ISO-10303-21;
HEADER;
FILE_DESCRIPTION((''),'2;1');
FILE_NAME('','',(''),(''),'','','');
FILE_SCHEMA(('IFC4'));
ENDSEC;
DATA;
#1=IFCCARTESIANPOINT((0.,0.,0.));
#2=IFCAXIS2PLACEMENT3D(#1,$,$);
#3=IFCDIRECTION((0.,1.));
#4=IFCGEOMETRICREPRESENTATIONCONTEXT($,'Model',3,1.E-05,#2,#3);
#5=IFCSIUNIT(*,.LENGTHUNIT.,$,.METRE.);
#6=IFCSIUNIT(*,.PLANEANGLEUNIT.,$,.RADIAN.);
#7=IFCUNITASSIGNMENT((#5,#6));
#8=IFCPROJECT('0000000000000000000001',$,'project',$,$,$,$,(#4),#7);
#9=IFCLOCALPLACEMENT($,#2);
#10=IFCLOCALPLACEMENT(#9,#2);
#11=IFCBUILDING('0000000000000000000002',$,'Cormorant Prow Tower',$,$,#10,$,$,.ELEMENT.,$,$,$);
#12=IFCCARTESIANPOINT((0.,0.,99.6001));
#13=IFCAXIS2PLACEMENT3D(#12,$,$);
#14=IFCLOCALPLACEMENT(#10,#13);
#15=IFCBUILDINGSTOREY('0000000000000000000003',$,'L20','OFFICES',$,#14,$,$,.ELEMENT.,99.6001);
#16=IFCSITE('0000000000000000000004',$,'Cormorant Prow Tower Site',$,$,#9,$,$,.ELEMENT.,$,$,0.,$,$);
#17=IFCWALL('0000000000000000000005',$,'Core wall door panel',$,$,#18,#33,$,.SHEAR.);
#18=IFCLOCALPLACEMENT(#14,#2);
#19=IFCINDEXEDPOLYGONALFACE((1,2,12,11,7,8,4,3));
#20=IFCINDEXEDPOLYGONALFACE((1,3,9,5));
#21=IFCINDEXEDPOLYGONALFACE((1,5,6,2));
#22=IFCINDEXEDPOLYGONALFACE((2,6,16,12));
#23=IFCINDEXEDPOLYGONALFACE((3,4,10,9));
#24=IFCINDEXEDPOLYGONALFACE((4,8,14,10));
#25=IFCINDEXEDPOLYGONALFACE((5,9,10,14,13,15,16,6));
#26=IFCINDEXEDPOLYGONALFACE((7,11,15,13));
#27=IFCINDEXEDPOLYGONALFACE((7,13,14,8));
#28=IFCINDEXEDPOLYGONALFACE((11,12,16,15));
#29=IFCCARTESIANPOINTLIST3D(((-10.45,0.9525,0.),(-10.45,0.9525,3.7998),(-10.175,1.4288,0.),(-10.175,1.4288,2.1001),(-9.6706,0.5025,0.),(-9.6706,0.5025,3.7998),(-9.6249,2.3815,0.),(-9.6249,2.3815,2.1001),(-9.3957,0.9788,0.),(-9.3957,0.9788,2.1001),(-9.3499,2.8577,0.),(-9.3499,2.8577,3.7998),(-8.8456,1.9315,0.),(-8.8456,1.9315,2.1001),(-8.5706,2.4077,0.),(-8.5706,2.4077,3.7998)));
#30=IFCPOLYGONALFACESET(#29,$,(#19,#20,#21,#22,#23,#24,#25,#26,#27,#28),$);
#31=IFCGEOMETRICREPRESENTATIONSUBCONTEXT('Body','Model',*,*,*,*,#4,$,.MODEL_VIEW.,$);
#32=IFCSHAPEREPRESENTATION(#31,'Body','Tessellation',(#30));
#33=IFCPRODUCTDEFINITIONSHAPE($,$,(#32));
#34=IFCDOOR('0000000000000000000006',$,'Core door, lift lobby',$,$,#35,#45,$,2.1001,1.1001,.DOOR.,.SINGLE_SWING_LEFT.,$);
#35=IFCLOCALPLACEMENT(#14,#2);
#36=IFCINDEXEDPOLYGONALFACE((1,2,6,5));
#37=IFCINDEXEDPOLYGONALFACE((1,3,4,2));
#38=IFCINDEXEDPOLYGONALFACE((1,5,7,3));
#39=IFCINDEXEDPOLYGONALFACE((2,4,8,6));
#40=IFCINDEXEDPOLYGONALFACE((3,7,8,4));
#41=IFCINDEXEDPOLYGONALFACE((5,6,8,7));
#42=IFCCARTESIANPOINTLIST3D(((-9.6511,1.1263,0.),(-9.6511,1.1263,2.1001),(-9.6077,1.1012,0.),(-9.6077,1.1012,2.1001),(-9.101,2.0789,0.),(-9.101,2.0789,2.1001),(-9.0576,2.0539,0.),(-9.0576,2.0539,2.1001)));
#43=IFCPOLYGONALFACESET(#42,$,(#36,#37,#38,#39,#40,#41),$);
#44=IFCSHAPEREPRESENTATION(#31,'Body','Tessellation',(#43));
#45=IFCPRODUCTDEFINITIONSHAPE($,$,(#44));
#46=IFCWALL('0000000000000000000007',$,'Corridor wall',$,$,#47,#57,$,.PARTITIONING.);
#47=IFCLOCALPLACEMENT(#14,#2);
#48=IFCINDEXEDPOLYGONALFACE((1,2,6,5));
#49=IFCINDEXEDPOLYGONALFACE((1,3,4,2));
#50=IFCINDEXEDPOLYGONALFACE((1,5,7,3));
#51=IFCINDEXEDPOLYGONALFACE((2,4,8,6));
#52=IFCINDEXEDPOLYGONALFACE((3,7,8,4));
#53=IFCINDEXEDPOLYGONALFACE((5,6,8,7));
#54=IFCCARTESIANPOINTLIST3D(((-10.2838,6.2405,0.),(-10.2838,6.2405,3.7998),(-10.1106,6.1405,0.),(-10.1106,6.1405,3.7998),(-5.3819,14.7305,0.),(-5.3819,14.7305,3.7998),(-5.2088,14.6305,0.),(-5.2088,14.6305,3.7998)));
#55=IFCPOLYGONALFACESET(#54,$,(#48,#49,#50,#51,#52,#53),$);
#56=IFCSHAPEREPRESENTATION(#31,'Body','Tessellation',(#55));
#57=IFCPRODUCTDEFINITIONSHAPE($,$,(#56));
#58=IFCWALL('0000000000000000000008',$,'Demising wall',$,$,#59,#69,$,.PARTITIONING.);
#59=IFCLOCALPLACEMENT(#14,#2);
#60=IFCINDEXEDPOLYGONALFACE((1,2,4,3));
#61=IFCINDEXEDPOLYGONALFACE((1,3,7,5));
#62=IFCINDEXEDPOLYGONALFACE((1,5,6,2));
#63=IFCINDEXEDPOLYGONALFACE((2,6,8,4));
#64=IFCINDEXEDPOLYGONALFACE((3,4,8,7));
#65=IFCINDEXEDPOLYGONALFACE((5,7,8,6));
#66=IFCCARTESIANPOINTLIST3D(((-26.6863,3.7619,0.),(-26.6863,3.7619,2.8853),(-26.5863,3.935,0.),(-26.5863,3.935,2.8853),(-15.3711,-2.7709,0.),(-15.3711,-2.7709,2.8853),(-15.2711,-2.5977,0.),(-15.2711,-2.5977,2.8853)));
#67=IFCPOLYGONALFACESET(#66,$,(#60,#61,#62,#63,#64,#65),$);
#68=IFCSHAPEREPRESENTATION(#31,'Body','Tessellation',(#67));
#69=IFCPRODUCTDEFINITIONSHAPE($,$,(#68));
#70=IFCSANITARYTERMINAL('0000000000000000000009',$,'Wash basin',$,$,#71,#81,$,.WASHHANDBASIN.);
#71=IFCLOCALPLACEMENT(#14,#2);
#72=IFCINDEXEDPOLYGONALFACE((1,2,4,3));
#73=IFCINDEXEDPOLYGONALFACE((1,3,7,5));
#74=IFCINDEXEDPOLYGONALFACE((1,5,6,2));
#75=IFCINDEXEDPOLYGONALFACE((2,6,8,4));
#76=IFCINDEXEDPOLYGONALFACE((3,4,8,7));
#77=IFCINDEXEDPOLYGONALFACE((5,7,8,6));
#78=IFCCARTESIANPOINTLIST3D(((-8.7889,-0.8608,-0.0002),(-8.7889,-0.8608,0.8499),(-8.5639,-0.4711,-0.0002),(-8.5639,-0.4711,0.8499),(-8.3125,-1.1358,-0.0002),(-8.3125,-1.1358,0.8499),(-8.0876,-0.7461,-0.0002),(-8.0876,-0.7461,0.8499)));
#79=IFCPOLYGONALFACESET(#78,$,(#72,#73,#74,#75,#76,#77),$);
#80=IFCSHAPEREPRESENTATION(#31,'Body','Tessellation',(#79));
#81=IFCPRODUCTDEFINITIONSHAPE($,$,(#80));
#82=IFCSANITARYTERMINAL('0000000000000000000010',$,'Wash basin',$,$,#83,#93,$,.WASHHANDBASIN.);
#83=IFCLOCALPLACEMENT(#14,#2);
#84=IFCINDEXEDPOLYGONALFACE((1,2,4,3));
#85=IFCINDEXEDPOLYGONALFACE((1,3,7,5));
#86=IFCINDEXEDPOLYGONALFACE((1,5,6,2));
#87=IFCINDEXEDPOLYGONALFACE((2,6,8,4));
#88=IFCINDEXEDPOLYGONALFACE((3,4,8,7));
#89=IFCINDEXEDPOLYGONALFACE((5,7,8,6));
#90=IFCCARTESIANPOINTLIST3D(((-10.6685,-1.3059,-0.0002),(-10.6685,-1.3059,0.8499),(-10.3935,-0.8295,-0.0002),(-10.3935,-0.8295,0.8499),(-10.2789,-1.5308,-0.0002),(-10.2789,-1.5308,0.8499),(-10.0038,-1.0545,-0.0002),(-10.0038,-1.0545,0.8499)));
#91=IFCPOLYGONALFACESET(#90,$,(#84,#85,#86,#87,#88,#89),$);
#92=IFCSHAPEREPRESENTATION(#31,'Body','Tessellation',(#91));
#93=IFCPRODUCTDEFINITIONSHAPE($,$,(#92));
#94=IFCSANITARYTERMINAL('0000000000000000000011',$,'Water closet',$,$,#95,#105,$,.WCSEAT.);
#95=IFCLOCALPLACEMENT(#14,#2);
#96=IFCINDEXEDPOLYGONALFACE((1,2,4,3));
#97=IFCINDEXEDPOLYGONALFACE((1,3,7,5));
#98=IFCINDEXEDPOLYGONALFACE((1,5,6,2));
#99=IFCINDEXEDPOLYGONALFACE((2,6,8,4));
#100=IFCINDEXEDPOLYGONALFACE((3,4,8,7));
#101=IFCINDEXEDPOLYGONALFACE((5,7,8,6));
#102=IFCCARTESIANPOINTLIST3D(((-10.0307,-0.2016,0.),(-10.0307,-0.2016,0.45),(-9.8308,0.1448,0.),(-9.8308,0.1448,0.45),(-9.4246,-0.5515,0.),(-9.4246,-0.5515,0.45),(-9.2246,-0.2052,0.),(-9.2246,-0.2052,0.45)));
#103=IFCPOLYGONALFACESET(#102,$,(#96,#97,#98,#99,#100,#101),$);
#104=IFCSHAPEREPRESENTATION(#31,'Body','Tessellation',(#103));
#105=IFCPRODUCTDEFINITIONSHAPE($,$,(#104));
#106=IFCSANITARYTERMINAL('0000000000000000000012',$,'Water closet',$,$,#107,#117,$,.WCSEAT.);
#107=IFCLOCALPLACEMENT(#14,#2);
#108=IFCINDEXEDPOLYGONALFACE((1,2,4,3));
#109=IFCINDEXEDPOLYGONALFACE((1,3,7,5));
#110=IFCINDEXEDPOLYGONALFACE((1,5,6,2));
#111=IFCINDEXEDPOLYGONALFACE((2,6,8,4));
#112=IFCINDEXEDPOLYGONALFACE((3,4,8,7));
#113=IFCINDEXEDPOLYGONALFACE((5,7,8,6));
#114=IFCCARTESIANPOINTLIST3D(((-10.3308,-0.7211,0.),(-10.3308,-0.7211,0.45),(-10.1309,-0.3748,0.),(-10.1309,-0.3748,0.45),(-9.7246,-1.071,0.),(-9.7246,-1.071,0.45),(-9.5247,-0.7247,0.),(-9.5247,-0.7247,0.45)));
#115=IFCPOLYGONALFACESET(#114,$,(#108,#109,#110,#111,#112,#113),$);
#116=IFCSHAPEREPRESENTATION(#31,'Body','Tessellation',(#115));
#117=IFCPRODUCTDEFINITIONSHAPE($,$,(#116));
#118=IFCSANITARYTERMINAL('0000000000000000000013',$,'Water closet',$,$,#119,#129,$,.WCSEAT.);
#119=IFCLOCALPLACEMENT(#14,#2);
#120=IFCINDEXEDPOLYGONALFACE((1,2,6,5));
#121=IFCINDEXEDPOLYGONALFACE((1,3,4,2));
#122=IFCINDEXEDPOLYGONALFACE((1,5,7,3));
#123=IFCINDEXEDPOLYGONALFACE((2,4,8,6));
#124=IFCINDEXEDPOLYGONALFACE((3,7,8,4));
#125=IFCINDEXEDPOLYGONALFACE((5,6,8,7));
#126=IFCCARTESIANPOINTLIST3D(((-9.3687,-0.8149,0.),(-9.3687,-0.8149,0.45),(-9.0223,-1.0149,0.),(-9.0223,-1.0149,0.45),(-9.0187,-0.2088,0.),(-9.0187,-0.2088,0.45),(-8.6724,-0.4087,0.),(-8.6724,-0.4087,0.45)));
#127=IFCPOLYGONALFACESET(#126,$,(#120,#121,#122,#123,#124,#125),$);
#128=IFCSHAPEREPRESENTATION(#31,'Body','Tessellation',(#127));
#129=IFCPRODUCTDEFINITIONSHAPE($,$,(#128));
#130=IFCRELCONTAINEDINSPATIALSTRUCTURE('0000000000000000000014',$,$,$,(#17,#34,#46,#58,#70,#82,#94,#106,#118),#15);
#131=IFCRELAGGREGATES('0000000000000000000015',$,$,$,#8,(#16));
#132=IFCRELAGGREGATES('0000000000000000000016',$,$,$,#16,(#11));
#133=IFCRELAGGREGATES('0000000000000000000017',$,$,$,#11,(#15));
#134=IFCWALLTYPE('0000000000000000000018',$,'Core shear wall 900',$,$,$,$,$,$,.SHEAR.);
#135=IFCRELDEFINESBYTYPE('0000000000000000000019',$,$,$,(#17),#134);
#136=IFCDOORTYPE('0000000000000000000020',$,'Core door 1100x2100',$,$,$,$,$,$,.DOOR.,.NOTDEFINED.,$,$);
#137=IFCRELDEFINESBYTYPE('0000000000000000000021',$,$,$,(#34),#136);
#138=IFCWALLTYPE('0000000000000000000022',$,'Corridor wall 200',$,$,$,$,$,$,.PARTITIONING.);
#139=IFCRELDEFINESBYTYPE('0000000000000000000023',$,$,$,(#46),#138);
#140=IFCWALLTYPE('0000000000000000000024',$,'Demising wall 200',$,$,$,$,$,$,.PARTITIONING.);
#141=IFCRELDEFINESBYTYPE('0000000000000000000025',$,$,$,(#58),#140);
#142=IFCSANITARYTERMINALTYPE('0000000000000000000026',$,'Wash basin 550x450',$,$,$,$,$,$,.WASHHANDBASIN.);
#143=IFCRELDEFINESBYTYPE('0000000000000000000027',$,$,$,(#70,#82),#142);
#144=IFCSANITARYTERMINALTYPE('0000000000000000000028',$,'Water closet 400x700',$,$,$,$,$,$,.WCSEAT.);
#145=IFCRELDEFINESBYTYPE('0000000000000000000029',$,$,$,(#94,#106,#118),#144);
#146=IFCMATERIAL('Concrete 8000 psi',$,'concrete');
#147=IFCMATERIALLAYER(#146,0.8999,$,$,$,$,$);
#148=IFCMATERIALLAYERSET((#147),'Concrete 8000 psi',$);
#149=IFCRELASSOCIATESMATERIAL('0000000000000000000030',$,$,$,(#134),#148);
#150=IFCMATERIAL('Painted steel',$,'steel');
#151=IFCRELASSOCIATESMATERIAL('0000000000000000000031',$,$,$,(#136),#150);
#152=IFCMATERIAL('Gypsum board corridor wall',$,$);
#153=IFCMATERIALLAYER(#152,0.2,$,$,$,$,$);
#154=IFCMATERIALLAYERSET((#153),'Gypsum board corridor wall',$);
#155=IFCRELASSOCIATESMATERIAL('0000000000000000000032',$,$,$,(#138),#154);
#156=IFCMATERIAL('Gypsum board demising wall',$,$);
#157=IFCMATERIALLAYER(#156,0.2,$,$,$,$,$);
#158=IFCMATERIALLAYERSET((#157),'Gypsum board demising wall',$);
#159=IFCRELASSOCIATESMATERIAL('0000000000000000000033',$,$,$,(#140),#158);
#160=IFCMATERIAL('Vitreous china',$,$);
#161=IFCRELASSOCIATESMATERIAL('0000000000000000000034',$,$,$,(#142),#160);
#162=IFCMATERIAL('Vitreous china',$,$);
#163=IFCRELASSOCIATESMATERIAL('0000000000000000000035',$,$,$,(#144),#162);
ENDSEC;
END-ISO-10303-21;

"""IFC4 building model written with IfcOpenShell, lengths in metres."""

from ifc_helpers import new_model, si_unit, direction, frame, frame_2d, origin, origin_2d, place, context, subcontext, project, spatial, rectangle, extrude, material, layer, layer_set, type_object, element, fill, save


model = new_model("IFC4")

# Units and contexts
model_context = context("Model", 3, precision=1e-05, world=origin(), true_north=direction((0.0, 1.0)))
body_context = subcontext(model_context, "Body", "Model", "MODEL_VIEW")
ifc_project = project(units=[si_unit("LENGTHUNIT", "METRE"), si_unit("PLANEANGLEUNIT", "RADIAN")], contexts=[model_context])

# Site, building, storey
site_placement = place(None, origin())
site = spatial("IfcSite", under=ifc_project, at=site_placement, Name="Cormorant Prow Tower Site", CompositionType="ELEMENT", RefElevation=0.0)
building_placement = place(site_placement, origin())
building = spatial("IfcBuilding", under=site, at=building_placement, Name="Cormorant Prow Tower", CompositionType="ELEMENT")
storey_placement = place(building_placement, frame((0.0, 0.0, 99.6001)))
storey = spatial("IfcBuildingStorey", under=building, at=storey_placement, Name="L20", Description="OFFICES", CompositionType="ELEMENT", Elevation=99.6001)

# Shared definitions
ifc_material_1 = material(Name="Concrete 8000 psi", Category="concrete")
ifc_layer_1 = layer(ifc_material_1, 0.8999)
ifc_layer_set_1 = layer_set([ifc_layer_1], Name="Concrete 8000 psi")
wall_type_1 = type_object("IfcWallType", Name="Core shear wall 900", PredefinedType="SHEAR", material=ifc_layer_set_1)

# Wall, opening, door
wall_1_placement = place(storey_placement, frame((-8.9602, 2.6328, 0.0), z_axis=(0.0, 0.0, 1.0), x_axis=(-0.50003, -0.866008, 0.0)))
wall_1 = element("IfcWall", 1, at=wall_1_placement, inside=storey, type_object=wall_type_1, Name="Core wall door panel", PredefinedType="SHEAR", context=body_context, shape_type="SweptSolid", body=[
    extrude(rectangle(XDim=2.2, YDim=0.8999, at=frame_2d((1.1001, 0.0))), origin(), (0.0, 0.0, 1.0), 3.7998),
])
opening_1_placement = place(wall_1_placement, frame((0.55, 0.0, 0.0)))
opening_1 = element("IfcOpeningElement", 2, at=opening_1_placement, cuts=wall_1, PredefinedType="OPENING", context=body_context, shape_type="SweptSolid", body=[
    extrude(rectangle(XDim=1.1001, YDim=2.1001, at=frame_2d((0.55, 1.05))), frame((0.0, 0.46, 0.0), z_axis=(0.0, -1.0, 0.0), x_axis=(1.0, 0.0, 0.0)), (0.0, 0.0, 1.0), 0.9199),
])
ifc_material_2 = material(Name="Painted steel", Category="steel")
door_type_1 = type_object("IfcDoorType", Name="Core door 1100x2100", OperationType="NOTDEFINED", PredefinedType="DOOR", material=ifc_material_2)
door_1_placement = place(opening_1_placement, origin())
door_1 = element("IfcDoor", 3, at=door_1_placement, inside=storey, type_object=door_type_1, Name="Core door, lift lobby", OperationType="SINGLE_SWING_LEFT", OverallHeight=2.1001, OverallWidth=1.1001, PredefinedType="DOOR", context=body_context, shape_type="SweptSolid", body=[
    extrude(rectangle(XDim=1.1001, YDim=2.1001, at=frame_2d((0.55, 1.05))), frame((0.0, 0.2051, 0.0), z_axis=(0.0, -1.0, 0.0), x_axis=(1.0, 0.0, 0.0)), (0.0, 0.0, 1.0), 0.05),
])
fill(opening_1, door_1)

# Walls
ifc_material_3 = material(Name="Gypsum board corridor wall")
ifc_layer_2 = layer(ifc_material_3, 0.2)
ifc_layer_set_2 = layer_set([ifc_layer_2], Name="Gypsum board corridor wall")
wall_type_2 = type_object("IfcWallType", Name="Corridor wall 200", PredefinedType="PARTITIONING", material=ifc_layer_set_2)
wall_2_placement = place(storey_placement, frame((-10.1973, 6.1904, 0.0), z_axis=(0.0, 0.0, 1.0), x_axis=(0.500012, 0.866018, 0.0)))
element("IfcWall", 4, at=wall_2_placement, inside=storey, type_object=wall_type_2, Name="Corridor wall", PredefinedType="PARTITIONING", context=body_context, shape_type="SweptSolid", body=[
    extrude(rectangle(XDim=9.8035, YDim=0.2, at=frame_2d((4.9019, 0.0))), origin(), (0.0, 0.0, 1.0), 3.7998),
])
ifc_material_4 = material(Name="Gypsum board demising wall")
ifc_layer_3 = layer(ifc_material_4, 0.2)
ifc_layer_set_3 = layer_set([ifc_layer_3], Name="Gypsum board demising wall")
wall_type_3 = type_object("IfcWallType", Name="Demising wall 200", PredefinedType="PARTITIONING", material=ifc_layer_set_3)
wall_3_placement = place(storey_placement, frame((-26.6362, 3.8484, 0.0), z_axis=(0.0, 0.0, 1.0), x_axis=(0.866029, -0.499994, 0.0)))
element("IfcWall", 5, at=wall_3_placement, inside=storey, type_object=wall_type_3, Name="Demising wall", PredefinedType="PARTITIONING", context=body_context, shape_type="SweptSolid", body=[
    extrude(rectangle(XDim=13.0657, YDim=0.2, at=frame_2d((6.5327, 0.0))), origin(), (0.0, 0.0, 1.0), 2.8853),
])

# Sanitary terminals
ifc_material_5 = material(Name="Vitreous china")
sanitary_terminal_type_1 = type_object("IfcSanitaryTerminalType", Name="Wash basin 550x450", PredefinedType="WASHHANDBASIN", material=ifc_material_5)
for number, where, z_axis, x_axis, name in (
    (6, (-8.4382, -0.8035, -0.0002), (0.0, 0.0, 1.0), (-0.866034, 0.499985, 0.0), "Wash basin"),
    (7, (-10.3362, -1.1802, -0.0002), (0.0, 0.0, 1.0), (-0.499985, -0.866034, 0.0), "Wash basin"),
):
    element("IfcSanitaryTerminal", number, at=place(storey_placement, frame(where, z_axis=z_axis, x_axis=x_axis)), inside=storey, type_object=sanitary_terminal_type_1, Name=name, PredefinedType="WASHHANDBASIN", context=body_context, shape_type="SweptSolid", body=[
        extrude(rectangle(XDim=0.55, YDim=0.45, at=origin_2d()), origin(), (0.0, 0.0, 1.0), 0.8501),
    ])
ifc_material_6 = material(Name="Vitreous china")
sanitary_terminal_type_2 = type_object("IfcSanitaryTerminalType", Name="Water closet 400x700", PredefinedType="WCSEAT", material=ifc_material_6)
for number, where, z_axis, x_axis, name in (
    (8, (-9.6277, -0.2034, 0.0), (0.0, 0.0, 1.0), (-0.499985, -0.866034, 0.0), "Water closet"),
    (9, (-9.9277, -0.7229, 0.0), (0.0, 0.0, 1.0), (-0.499985, -0.866034, 0.0), "Water closet"),
    (10, (-9.0205, -0.6118, 0.0), (0.0, 0.0, 1.0), (-0.866034, 0.499985, 0.0), "Water closet"),
):
    element("IfcSanitaryTerminal", number, at=place(storey_placement, frame(where, z_axis=z_axis, x_axis=x_axis)), inside=storey, type_object=sanitary_terminal_type_2, Name=name, PredefinedType="WCSEAT", context=body_context, shape_type="SweptSolid", body=[
        extrude(rectangle(XDim=0.3999, YDim=0.7, at=origin_2d()), origin(), (0.0, 0.0, 1.0), 0.45),
    ])

save(model, "model.ifc")
